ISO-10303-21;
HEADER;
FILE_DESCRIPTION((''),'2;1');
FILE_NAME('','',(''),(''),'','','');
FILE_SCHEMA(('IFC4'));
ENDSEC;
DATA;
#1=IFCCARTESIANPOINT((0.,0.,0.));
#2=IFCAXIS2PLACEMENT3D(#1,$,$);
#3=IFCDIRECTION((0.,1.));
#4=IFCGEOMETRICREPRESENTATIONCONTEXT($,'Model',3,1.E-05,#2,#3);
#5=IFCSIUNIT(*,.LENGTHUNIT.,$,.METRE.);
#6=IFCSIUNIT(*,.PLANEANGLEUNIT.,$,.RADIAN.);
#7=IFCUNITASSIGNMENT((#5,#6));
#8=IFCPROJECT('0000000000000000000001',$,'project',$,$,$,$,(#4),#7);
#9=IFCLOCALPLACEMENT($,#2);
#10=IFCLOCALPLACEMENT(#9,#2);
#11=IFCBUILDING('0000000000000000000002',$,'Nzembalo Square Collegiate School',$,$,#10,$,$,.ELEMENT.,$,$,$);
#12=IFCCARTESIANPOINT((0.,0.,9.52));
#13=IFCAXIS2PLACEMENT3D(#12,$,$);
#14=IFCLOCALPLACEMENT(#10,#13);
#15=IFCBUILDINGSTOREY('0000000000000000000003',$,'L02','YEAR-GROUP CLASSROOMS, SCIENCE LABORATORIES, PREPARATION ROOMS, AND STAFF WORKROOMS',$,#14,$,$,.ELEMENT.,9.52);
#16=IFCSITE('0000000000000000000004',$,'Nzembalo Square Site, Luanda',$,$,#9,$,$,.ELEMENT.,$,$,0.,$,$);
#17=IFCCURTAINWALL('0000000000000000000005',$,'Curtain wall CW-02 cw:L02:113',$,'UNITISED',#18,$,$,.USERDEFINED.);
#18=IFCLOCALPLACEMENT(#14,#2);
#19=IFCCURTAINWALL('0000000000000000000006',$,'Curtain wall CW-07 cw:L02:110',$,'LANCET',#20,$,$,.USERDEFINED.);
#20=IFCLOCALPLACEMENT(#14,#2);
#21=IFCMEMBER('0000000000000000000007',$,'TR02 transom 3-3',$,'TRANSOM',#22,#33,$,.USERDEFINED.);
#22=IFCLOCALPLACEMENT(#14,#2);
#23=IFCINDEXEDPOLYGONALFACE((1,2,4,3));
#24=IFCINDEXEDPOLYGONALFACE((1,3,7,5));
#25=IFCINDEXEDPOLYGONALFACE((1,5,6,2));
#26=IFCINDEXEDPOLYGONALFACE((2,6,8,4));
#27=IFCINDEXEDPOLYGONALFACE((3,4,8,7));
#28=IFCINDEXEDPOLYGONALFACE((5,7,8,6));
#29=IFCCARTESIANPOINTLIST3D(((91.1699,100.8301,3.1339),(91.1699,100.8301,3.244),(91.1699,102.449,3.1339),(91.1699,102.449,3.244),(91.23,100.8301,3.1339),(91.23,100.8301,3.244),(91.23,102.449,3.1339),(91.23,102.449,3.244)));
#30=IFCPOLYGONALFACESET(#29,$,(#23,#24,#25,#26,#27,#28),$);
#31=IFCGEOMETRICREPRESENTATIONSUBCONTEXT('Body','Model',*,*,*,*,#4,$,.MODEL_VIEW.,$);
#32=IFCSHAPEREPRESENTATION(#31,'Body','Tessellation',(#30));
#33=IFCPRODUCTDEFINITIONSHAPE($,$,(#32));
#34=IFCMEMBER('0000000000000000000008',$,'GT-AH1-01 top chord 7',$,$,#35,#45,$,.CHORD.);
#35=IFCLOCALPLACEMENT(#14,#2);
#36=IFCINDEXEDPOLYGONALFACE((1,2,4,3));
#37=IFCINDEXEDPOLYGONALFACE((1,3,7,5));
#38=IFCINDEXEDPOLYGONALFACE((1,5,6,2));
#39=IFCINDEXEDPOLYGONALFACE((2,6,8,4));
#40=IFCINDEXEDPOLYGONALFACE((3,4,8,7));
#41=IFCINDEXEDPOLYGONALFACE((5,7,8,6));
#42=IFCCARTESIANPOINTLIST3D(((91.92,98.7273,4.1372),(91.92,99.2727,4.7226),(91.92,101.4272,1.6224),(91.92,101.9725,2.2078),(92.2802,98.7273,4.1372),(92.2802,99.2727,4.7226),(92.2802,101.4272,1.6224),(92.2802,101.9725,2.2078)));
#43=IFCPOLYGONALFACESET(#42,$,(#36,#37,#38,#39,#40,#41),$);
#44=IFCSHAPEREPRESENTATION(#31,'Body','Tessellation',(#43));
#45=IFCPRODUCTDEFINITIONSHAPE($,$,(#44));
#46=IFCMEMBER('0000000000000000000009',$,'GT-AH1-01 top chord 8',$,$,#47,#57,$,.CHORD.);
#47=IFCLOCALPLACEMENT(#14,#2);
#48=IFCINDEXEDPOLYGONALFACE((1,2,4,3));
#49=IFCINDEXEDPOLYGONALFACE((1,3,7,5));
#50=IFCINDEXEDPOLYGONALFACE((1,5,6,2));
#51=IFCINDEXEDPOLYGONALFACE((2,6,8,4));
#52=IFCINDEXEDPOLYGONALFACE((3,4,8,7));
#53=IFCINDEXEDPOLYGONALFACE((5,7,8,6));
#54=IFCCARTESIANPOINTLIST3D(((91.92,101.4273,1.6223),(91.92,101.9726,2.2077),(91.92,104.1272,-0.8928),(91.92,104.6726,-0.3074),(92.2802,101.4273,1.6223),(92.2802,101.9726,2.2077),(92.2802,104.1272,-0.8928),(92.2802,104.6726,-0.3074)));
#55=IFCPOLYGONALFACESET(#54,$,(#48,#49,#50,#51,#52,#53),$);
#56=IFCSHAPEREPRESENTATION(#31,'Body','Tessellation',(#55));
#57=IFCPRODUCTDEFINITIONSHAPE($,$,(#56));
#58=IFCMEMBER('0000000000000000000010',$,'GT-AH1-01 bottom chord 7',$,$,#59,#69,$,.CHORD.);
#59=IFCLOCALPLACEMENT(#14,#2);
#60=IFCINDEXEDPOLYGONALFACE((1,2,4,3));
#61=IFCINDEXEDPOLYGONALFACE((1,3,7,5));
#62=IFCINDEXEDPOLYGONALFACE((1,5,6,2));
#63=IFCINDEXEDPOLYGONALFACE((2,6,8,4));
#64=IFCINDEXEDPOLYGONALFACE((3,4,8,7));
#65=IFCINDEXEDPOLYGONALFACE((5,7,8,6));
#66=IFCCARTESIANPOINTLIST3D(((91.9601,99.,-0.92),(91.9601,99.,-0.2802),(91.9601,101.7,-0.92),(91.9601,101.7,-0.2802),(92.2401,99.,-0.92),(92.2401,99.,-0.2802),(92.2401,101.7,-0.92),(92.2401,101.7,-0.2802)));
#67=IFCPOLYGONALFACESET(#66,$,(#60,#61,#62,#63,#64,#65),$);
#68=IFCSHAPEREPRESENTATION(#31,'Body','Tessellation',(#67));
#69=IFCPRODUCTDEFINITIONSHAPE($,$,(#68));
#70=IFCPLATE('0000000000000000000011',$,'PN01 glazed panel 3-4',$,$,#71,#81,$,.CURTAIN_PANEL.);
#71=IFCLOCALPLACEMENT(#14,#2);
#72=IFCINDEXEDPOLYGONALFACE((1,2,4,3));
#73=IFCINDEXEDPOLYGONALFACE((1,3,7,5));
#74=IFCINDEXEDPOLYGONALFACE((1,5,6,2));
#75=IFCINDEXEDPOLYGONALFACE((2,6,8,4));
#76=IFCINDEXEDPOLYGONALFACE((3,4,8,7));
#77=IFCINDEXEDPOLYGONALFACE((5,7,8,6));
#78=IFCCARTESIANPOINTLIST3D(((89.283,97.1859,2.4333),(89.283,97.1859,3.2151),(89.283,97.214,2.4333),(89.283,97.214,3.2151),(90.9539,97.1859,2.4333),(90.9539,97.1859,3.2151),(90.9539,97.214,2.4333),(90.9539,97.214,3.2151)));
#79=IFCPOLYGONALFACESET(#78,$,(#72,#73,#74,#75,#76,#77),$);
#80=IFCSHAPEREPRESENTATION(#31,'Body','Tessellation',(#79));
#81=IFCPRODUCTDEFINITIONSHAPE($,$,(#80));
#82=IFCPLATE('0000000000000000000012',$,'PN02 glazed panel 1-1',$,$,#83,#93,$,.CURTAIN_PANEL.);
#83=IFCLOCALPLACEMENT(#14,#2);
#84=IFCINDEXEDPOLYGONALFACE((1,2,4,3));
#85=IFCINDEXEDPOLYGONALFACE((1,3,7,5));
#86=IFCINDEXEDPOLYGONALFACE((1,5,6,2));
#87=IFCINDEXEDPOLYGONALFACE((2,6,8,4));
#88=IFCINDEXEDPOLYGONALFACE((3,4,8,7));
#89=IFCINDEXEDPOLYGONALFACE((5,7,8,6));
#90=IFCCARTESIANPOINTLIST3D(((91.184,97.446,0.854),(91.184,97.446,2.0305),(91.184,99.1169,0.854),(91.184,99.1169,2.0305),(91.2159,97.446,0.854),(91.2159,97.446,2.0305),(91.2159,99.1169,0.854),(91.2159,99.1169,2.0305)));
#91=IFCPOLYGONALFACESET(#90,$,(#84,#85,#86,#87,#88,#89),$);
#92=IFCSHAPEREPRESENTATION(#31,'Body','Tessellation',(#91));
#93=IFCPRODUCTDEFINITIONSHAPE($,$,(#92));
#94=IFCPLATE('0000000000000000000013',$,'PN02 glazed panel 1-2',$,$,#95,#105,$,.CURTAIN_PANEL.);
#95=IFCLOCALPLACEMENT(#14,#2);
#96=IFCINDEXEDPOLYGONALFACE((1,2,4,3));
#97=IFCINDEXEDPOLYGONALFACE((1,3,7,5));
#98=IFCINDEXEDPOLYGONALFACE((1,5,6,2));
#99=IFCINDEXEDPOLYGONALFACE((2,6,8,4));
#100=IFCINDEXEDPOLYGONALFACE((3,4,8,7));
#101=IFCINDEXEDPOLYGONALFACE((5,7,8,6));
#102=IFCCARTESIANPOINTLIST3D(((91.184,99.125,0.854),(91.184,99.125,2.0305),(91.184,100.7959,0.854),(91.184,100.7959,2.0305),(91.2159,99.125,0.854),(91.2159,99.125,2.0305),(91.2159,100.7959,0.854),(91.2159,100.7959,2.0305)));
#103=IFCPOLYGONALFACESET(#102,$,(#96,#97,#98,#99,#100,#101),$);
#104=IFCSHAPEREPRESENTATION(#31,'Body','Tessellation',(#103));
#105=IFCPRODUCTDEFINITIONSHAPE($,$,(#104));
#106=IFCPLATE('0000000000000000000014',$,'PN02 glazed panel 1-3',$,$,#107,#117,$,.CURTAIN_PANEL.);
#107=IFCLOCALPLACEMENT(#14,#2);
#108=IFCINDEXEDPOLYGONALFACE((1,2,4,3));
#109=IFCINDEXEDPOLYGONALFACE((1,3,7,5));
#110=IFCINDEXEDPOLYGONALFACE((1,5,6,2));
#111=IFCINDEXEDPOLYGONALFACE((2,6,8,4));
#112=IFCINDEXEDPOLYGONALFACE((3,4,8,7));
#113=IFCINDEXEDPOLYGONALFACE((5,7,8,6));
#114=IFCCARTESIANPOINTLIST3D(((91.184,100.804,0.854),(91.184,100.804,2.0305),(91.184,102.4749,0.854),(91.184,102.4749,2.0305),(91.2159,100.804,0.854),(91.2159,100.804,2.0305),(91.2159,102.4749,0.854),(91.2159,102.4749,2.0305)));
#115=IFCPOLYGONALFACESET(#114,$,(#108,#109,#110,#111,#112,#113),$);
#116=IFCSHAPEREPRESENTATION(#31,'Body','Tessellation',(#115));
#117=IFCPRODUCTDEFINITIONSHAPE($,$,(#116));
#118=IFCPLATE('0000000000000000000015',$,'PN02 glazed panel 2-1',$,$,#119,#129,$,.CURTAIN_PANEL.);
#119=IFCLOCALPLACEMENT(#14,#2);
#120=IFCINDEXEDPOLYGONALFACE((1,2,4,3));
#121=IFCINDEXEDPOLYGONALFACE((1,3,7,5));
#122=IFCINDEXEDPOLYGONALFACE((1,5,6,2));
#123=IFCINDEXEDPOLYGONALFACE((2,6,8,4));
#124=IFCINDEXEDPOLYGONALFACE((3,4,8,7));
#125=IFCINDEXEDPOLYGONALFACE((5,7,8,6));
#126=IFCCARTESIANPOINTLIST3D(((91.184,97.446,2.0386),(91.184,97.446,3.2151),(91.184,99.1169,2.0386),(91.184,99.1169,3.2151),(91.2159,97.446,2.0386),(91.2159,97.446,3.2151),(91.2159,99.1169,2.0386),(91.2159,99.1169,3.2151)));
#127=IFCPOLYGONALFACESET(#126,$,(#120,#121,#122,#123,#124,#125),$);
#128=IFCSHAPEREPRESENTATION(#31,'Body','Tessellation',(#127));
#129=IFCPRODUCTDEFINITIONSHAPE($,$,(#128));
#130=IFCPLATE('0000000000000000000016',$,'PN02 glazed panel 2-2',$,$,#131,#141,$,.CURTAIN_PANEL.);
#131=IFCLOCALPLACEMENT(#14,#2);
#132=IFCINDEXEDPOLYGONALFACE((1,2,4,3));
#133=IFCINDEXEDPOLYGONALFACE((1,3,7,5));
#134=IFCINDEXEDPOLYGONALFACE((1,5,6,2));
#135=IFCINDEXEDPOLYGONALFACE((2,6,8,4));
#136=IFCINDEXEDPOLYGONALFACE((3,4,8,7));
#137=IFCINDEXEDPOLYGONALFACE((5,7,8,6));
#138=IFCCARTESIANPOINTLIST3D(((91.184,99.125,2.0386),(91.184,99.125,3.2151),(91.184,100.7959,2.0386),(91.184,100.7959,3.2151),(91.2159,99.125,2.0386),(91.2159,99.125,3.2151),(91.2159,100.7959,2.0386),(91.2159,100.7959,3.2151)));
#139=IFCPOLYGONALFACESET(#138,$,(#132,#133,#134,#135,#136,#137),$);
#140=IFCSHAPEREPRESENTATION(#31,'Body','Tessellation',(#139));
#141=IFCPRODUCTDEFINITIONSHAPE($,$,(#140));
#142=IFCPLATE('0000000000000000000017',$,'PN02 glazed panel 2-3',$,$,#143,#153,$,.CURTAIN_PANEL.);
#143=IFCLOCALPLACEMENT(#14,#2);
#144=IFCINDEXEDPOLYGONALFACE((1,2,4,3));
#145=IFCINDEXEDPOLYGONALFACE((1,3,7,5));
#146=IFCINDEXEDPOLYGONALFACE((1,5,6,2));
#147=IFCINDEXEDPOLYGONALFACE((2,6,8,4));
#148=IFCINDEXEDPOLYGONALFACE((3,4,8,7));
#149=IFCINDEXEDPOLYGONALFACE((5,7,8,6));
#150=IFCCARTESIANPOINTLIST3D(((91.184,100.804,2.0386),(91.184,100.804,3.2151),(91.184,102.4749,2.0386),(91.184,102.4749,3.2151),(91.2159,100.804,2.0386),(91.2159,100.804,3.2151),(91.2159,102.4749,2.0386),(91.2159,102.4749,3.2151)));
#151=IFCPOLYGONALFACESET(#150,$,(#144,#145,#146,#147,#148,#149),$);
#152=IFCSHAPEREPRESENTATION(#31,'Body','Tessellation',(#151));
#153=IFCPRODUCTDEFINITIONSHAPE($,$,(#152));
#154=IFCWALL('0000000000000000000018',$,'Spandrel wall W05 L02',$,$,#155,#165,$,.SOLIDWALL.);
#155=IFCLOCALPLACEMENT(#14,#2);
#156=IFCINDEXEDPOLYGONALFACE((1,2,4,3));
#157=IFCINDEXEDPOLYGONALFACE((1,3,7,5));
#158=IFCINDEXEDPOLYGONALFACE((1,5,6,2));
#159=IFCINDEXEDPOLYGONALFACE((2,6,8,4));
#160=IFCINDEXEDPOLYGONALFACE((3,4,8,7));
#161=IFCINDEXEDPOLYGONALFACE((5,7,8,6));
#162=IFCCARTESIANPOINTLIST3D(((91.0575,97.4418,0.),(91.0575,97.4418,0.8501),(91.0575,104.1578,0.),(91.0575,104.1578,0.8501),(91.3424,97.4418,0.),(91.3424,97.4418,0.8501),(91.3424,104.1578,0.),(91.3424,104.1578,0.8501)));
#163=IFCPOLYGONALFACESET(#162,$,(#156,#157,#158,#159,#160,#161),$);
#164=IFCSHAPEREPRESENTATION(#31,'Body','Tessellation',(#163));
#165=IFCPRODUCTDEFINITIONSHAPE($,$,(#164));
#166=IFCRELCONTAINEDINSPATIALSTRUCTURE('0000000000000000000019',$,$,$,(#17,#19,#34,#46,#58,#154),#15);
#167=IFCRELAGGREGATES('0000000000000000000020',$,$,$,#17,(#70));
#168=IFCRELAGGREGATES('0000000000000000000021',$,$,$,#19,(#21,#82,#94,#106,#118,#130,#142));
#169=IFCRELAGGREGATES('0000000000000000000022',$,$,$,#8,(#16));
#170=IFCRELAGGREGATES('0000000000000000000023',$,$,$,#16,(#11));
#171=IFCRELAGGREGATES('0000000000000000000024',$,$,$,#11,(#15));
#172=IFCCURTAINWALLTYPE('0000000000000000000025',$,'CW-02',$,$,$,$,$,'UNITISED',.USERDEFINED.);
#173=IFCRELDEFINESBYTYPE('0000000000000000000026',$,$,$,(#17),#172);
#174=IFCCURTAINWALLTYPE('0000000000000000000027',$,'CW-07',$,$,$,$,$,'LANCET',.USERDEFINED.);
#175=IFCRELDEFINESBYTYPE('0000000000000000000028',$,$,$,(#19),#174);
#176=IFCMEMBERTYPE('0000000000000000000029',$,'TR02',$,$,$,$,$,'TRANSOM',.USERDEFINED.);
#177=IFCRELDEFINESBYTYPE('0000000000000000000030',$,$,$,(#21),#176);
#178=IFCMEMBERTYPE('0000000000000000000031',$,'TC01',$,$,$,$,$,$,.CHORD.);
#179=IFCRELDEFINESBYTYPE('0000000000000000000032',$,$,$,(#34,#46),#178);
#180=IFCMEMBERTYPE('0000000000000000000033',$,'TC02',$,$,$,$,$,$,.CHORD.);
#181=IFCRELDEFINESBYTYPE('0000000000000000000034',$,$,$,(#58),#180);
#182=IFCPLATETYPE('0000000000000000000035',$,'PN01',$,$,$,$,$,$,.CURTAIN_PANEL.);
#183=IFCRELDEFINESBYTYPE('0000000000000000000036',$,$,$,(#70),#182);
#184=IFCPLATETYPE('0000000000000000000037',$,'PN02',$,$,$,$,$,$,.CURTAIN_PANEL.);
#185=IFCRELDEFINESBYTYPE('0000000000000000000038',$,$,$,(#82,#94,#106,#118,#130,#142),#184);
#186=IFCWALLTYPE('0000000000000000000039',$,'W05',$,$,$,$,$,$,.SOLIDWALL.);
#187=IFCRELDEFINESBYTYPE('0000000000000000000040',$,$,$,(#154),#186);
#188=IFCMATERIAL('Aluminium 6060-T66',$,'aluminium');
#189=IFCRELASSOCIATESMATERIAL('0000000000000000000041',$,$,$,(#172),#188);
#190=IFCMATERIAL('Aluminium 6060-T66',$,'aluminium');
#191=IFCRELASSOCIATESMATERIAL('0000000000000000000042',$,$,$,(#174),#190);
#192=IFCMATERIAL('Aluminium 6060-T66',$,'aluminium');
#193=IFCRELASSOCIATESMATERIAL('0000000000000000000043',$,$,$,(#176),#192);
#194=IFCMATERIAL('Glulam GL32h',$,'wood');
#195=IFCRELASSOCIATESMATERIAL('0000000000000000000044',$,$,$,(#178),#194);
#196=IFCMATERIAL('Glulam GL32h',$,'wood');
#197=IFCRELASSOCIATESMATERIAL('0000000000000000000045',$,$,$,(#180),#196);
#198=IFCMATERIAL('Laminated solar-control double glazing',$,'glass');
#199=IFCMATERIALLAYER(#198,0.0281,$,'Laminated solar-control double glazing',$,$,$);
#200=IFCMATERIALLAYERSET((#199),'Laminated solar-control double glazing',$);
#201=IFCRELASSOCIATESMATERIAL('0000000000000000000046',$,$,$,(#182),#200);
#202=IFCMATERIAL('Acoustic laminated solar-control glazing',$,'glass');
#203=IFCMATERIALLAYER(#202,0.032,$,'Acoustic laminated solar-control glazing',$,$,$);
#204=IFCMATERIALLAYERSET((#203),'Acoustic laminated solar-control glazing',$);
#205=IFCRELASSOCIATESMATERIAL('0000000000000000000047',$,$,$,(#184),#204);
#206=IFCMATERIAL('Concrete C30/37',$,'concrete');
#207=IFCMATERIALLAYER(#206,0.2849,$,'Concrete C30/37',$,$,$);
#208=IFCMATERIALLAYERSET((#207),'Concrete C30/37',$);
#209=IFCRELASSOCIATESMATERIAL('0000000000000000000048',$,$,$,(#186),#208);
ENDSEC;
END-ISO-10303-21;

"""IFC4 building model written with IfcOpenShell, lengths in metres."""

from ifc_helpers import new_model, si_unit, direction, frame, frame_2d, origin, origin_2d, place, context, subcontext, project, spatial, rectangle, extrude, material, layer, layer_set, material_profile, profile_set, type_object, element, aggregate, save


model = new_model("IFC4")

# Units and contexts
model_context = context("Model", 3, precision=1e-05, world=origin(), true_north=direction((0.0, 1.0)))
body_context = subcontext(model_context, "Body", "Model", "MODEL_VIEW")
ifc_project = project(units=[si_unit("LENGTHUNIT", "METRE"), si_unit("PLANEANGLEUNIT", "RADIAN")], contexts=[model_context])

# Site, building, storey
site_placement = place(None, origin())
site = spatial("IfcSite", under=ifc_project, at=site_placement, Name="Nzembalo Square Site, Luanda", CompositionType="ELEMENT", RefElevation=0.0)
building_placement = place(site_placement, origin())
building = spatial("IfcBuilding", under=site, at=building_placement, Name="Nzembalo Square Collegiate School", CompositionType="ELEMENT")
storey_placement = place(building_placement, frame((0.0, 0.0, 9.52)))
storey = spatial("IfcBuildingStorey", under=building, at=storey_placement, Name="L02", Description="YEAR-GROUP CLASSROOMS, SCIENCE LABORATORIES, PREPARATION ROOMS, AND STAFF WORKROOMS", CompositionType="ELEMENT", Elevation=9.52)

# Curtain wall
ifc_material_1 = material(Name="Aluminium 6060-T66", Category="aluminium")
curtain_wall_type_1 = type_object("IfcCurtainWallType", Name="CW-02", ElementType="UNITISED", PredefinedType="USERDEFINED", material=ifc_material_1)
curtain_wall_1_placement = place(storey_placement, origin())
curtain_wall_1 = element("IfcCurtainWall", 1, at=curtain_wall_1_placement, inside=storey, type_object=curtain_wall_type_1, Name="Curtain wall CW-02 cw:L02:113", ObjectType="UNITISED", PredefinedType="USERDEFINED")

# Curtain wall, member
ifc_material_2 = material(Name="Aluminium 6060-T66", Category="aluminium")
curtain_wall_type_2 = type_object("IfcCurtainWallType", Name="CW-07", ElementType="LANCET", PredefinedType="USERDEFINED", material=ifc_material_2)
curtain_wall_2_placement = place(storey_placement, origin())
curtain_wall_2 = element("IfcCurtainWall", 2, at=curtain_wall_2_placement, inside=storey, type_object=curtain_wall_type_2, Name="Curtain wall CW-07 cw:L02:110", ObjectType="LANCET", PredefinedType="USERDEFINED")
ifc_material_3 = material(Name="Aluminium 6060-T66", Category="aluminium")
ifc_material_profile_1 = material_profile(ifc_material_3, rectangle(XDim=0.0601, YDim=0.1101, at=origin_2d()), Name="ALU T60x110")
ifc_profile_set_1 = profile_set([ifc_material_profile_1], Name="Aluminium 6060-T66")
member_type_1 = type_object("IfcMemberType", Name="TR02", ElementType="TRANSOM", PredefinedType="USERDEFINED", material=ifc_profile_set_1)
member_1_placement = place(storey_placement, frame((91.2, 100.8301, 3.189), z_axis=(0.0, 1.0, 0.0), x_axis=(-1.0, 0.0, 0.0)))
member_1 = element("IfcMember", 3, at=member_1_placement, type_object=member_type_1, Name="TR02 transom 3-3", ObjectType="TRANSOM", PredefinedType="USERDEFINED", context=body_context, shape_type="SweptSolid", body=[
    extrude(rectangle(XDim=0.0601, YDim=0.1101, at=origin_2d()), origin(), (0.0, 0.0, 1.0), 1.6189),
])

# Members
ifc_material_4 = material(Name="Glulam GL32h", Category="wood")
ifc_material_profile_2 = material_profile(ifc_material_4, rectangle(XDim=0.3601, YDim=0.8, at=origin_2d()), Name="GL32h 360x800")
ifc_profile_set_2 = profile_set([ifc_material_profile_2], Name="Glulam GL32h")
member_type_2 = type_object("IfcMemberType", Name="TC01", PredefinedType="CHORD", material=ifc_profile_set_2)
member_2_placement = place(storey_placement, frame((92.1001, 99.0, 4.4299), z_axis=(0.0, 0.731739, -0.681585), x_axis=(-1.0, 0.0, 0.0)))
element("IfcMember", 4, at=member_2_placement, inside=storey, type_object=member_type_2, Name="GT-AH1-01 top chord 7", PredefinedType="CHORD", context=body_context, shape_type="SweptSolid", body=[
    extrude(rectangle(XDim=0.3601, YDim=0.8, at=origin_2d()), origin(), (0.0, 0.0, 1.0), 3.6897),
])
member_3_placement = place(storey_placement, frame((92.1001, 101.7, 1.915), z_axis=(0.0, 0.731706, -0.68162), x_axis=(-1.0, 0.0, 0.0)))
element("IfcMember", 5, at=member_3_placement, inside=storey, type_object=member_type_2, Name="GT-AH1-01 top chord 8", PredefinedType="CHORD", context=body_context, shape_type="SweptSolid", body=[
    extrude(rectangle(XDim=0.3601, YDim=0.8, at=origin_2d()), origin(), (0.0, 0.0, 1.0), 3.6899),
])
ifc_material_5 = material(Name="Glulam GL32h", Category="wood")
ifc_material_profile_3 = material_profile(ifc_material_5, rectangle(XDim=0.28, YDim=0.6399, at=origin_2d()), Name="GL32h 280x640")
ifc_profile_set_3 = profile_set([ifc_material_profile_3], Name="Glulam GL32h")
member_type_3 = type_object("IfcMemberType", Name="TC02", PredefinedType="CHORD", material=ifc_profile_set_3)
member_4_placement = place(storey_placement, frame((92.1001, 99.0, -0.6001), z_axis=(0.0, 1.0, 0.0), x_axis=(-1.0, 0.0, 0.0)))
element("IfcMember", 6, at=member_4_placement, inside=storey, type_object=member_type_3, Name="GT-AH1-01 bottom chord 7", PredefinedType="CHORD", context=body_context, shape_type="SweptSolid", body=[
    extrude(rectangle(XDim=0.28, YDim=0.6399, at=origin_2d()), origin(), (0.0, 0.0, 1.0), 2.7),
])

# Plates
ifc_material_6 = material(Name="Laminated solar-control double glazing", Category="glass")
ifc_layer_1 = layer(ifc_material_6, 0.0281, Name="Laminated solar-control double glazing")
ifc_layer_set_1 = layer_set([ifc_layer_1], Name="Laminated solar-control double glazing")
plate_type_1 = type_object("IfcPlateType", Name="PN01", PredefinedType="CURTAIN_PANEL", material=ifc_layer_set_1)
plate_1_placement = place(storey_placement, frame((90.1184, 97.2, 2.4333), z_axis=(0.0, 0.0, 1.0), x_axis=(1.0, 0.0, 0.0)))
plate_1 = element("IfcPlate", 7, at=plate_1_placement, type_object=plate_type_1, Name="PN01 glazed panel 3-4", PredefinedType="CURTAIN_PANEL", context=body_context, shape_type="SweptSolid", body=[
    extrude(rectangle(XDim=1.6709, YDim=0.0281, at=origin_2d()), origin(), (0.0, 0.0, 1.0), 0.7817),
])
aggregate(curtain_wall_1, [plate_1])
ifc_material_7 = material(Name="Acoustic laminated solar-control glazing", Category="glass")
ifc_layer_2 = layer(ifc_material_7, 0.032, Name="Acoustic laminated solar-control glazing")
ifc_layer_set_2 = layer_set([ifc_layer_2], Name="Acoustic laminated solar-control glazing")
plate_type_2 = type_object("IfcPlateType", Name="PN02", PredefinedType="CURTAIN_PANEL", material=ifc_layer_set_2)
plate_2_placement = place(storey_placement, frame((91.2, 98.2815, 0.854), z_axis=(0.0, 0.0, 1.0), x_axis=(0.0, 1.0, 0.0)))
plate_2 = element("IfcPlate", 8, at=plate_2_placement, type_object=plate_type_2, Name="PN02 glazed panel 1-1", PredefinedType="CURTAIN_PANEL", context=body_context, shape_type="SweptSolid", body=[
    extrude(rectangle(XDim=1.6709, YDim=0.032, at=origin_2d()), origin(), (0.0, 0.0, 1.0), 1.1765),
])
plate_3_placement = place(storey_placement, frame((91.2, 99.9604, 0.854), z_axis=(0.0, 0.0, 1.0), x_axis=(0.0, 1.0, 0.0)))
plate_3 = element("IfcPlate", 9, at=plate_3_placement, type_object=plate_type_2, Name="PN02 glazed panel 1-2", PredefinedType="CURTAIN_PANEL", context=body_context, shape_type="SweptSolid", body=[
    extrude(rectangle(XDim=1.6709, YDim=0.032, at=origin_2d()), origin(), (0.0, 0.0, 1.0), 1.1765),
])
plate_4_placement = place(storey_placement, frame((91.2, 101.6394, 0.854), z_axis=(0.0, 0.0, 1.0), x_axis=(0.0, 1.0, 0.0)))
plate_4 = element("IfcPlate", 10, at=plate_4_placement, type_object=plate_type_2, Name="PN02 glazed panel 1-3", PredefinedType="CURTAIN_PANEL", context=body_context, shape_type="SweptSolid", body=[
    extrude(rectangle(XDim=1.6709, YDim=0.032, at=origin_2d()), origin(), (0.0, 0.0, 1.0), 1.1765),
])
plate_5_placement = place(storey_placement, frame((91.2, 98.2815, 2.0386), z_axis=(0.0, 0.0, 1.0), x_axis=(0.0, 1.0, 0.0)))
plate_5 = element("IfcPlate", 11, at=plate_5_placement, type_object=plate_type_2, Name="PN02 glazed panel 2-1", PredefinedType="CURTAIN_PANEL", context=body_context, shape_type="SweptSolid", body=[
    extrude(rectangle(XDim=1.6709, YDim=0.032, at=origin_2d()), origin(), (0.0, 0.0, 1.0), 1.1765),
])
plate_6_placement = place(storey_placement, frame((91.2, 99.9604, 2.0386), z_axis=(0.0, 0.0, 1.0), x_axis=(0.0, 1.0, 0.0)))
plate_6 = element("IfcPlate", 12, at=plate_6_placement, type_object=plate_type_2, Name="PN02 glazed panel 2-2", PredefinedType="CURTAIN_PANEL", context=body_context, shape_type="SweptSolid", body=[
    extrude(rectangle(XDim=1.6709, YDim=0.032, at=origin_2d()), origin(), (0.0, 0.0, 1.0), 1.1765),
])
plate_7_placement = place(storey_placement, frame((91.2, 101.6394, 2.0386), z_axis=(0.0, 0.0, 1.0), x_axis=(0.0, 1.0, 0.0)))
plate_7 = element("IfcPlate", 13, at=plate_7_placement, type_object=plate_type_2, Name="PN02 glazed panel 2-3", PredefinedType="CURTAIN_PANEL", context=body_context, shape_type="SweptSolid", body=[
    extrude(rectangle(XDim=1.6709, YDim=0.032, at=origin_2d()), origin(), (0.0, 0.0, 1.0), 1.1765),
])
aggregate(curtain_wall_2, [member_1, plate_2, plate_3, plate_4, plate_5, plate_6, plate_7])

# Wall
ifc_material_8 = material(Name="Concrete C30/37", Category="concrete")
ifc_layer_3 = layer(ifc_material_8, 0.2849, Name="Concrete C30/37")
ifc_layer_set_3 = layer_set([ifc_layer_3], Name="Concrete C30/37")
wall_type = type_object("IfcWallType", Name="W05", PredefinedType="SOLIDWALL", material=ifc_layer_set_3)
wall_placement = place(storey_placement, frame((91.2, 97.4419, 0.0), z_axis=(0.0, 0.0, 1.0), x_axis=(0.0, 1.0, 0.0)))
element("IfcWall", 14, at=wall_placement, inside=storey, type_object=wall_type, Name="Spandrel wall W05 L02", PredefinedType="SOLIDWALL", context=body_context, shape_type="SweptSolid", body=[
    extrude(rectangle(XDim=6.7161, YDim=0.2849, at=frame_2d((3.3579, 0.0))), origin(), (0.0, 0.0, 1.0), 0.8501),
])

save(model, "model.ifc")
